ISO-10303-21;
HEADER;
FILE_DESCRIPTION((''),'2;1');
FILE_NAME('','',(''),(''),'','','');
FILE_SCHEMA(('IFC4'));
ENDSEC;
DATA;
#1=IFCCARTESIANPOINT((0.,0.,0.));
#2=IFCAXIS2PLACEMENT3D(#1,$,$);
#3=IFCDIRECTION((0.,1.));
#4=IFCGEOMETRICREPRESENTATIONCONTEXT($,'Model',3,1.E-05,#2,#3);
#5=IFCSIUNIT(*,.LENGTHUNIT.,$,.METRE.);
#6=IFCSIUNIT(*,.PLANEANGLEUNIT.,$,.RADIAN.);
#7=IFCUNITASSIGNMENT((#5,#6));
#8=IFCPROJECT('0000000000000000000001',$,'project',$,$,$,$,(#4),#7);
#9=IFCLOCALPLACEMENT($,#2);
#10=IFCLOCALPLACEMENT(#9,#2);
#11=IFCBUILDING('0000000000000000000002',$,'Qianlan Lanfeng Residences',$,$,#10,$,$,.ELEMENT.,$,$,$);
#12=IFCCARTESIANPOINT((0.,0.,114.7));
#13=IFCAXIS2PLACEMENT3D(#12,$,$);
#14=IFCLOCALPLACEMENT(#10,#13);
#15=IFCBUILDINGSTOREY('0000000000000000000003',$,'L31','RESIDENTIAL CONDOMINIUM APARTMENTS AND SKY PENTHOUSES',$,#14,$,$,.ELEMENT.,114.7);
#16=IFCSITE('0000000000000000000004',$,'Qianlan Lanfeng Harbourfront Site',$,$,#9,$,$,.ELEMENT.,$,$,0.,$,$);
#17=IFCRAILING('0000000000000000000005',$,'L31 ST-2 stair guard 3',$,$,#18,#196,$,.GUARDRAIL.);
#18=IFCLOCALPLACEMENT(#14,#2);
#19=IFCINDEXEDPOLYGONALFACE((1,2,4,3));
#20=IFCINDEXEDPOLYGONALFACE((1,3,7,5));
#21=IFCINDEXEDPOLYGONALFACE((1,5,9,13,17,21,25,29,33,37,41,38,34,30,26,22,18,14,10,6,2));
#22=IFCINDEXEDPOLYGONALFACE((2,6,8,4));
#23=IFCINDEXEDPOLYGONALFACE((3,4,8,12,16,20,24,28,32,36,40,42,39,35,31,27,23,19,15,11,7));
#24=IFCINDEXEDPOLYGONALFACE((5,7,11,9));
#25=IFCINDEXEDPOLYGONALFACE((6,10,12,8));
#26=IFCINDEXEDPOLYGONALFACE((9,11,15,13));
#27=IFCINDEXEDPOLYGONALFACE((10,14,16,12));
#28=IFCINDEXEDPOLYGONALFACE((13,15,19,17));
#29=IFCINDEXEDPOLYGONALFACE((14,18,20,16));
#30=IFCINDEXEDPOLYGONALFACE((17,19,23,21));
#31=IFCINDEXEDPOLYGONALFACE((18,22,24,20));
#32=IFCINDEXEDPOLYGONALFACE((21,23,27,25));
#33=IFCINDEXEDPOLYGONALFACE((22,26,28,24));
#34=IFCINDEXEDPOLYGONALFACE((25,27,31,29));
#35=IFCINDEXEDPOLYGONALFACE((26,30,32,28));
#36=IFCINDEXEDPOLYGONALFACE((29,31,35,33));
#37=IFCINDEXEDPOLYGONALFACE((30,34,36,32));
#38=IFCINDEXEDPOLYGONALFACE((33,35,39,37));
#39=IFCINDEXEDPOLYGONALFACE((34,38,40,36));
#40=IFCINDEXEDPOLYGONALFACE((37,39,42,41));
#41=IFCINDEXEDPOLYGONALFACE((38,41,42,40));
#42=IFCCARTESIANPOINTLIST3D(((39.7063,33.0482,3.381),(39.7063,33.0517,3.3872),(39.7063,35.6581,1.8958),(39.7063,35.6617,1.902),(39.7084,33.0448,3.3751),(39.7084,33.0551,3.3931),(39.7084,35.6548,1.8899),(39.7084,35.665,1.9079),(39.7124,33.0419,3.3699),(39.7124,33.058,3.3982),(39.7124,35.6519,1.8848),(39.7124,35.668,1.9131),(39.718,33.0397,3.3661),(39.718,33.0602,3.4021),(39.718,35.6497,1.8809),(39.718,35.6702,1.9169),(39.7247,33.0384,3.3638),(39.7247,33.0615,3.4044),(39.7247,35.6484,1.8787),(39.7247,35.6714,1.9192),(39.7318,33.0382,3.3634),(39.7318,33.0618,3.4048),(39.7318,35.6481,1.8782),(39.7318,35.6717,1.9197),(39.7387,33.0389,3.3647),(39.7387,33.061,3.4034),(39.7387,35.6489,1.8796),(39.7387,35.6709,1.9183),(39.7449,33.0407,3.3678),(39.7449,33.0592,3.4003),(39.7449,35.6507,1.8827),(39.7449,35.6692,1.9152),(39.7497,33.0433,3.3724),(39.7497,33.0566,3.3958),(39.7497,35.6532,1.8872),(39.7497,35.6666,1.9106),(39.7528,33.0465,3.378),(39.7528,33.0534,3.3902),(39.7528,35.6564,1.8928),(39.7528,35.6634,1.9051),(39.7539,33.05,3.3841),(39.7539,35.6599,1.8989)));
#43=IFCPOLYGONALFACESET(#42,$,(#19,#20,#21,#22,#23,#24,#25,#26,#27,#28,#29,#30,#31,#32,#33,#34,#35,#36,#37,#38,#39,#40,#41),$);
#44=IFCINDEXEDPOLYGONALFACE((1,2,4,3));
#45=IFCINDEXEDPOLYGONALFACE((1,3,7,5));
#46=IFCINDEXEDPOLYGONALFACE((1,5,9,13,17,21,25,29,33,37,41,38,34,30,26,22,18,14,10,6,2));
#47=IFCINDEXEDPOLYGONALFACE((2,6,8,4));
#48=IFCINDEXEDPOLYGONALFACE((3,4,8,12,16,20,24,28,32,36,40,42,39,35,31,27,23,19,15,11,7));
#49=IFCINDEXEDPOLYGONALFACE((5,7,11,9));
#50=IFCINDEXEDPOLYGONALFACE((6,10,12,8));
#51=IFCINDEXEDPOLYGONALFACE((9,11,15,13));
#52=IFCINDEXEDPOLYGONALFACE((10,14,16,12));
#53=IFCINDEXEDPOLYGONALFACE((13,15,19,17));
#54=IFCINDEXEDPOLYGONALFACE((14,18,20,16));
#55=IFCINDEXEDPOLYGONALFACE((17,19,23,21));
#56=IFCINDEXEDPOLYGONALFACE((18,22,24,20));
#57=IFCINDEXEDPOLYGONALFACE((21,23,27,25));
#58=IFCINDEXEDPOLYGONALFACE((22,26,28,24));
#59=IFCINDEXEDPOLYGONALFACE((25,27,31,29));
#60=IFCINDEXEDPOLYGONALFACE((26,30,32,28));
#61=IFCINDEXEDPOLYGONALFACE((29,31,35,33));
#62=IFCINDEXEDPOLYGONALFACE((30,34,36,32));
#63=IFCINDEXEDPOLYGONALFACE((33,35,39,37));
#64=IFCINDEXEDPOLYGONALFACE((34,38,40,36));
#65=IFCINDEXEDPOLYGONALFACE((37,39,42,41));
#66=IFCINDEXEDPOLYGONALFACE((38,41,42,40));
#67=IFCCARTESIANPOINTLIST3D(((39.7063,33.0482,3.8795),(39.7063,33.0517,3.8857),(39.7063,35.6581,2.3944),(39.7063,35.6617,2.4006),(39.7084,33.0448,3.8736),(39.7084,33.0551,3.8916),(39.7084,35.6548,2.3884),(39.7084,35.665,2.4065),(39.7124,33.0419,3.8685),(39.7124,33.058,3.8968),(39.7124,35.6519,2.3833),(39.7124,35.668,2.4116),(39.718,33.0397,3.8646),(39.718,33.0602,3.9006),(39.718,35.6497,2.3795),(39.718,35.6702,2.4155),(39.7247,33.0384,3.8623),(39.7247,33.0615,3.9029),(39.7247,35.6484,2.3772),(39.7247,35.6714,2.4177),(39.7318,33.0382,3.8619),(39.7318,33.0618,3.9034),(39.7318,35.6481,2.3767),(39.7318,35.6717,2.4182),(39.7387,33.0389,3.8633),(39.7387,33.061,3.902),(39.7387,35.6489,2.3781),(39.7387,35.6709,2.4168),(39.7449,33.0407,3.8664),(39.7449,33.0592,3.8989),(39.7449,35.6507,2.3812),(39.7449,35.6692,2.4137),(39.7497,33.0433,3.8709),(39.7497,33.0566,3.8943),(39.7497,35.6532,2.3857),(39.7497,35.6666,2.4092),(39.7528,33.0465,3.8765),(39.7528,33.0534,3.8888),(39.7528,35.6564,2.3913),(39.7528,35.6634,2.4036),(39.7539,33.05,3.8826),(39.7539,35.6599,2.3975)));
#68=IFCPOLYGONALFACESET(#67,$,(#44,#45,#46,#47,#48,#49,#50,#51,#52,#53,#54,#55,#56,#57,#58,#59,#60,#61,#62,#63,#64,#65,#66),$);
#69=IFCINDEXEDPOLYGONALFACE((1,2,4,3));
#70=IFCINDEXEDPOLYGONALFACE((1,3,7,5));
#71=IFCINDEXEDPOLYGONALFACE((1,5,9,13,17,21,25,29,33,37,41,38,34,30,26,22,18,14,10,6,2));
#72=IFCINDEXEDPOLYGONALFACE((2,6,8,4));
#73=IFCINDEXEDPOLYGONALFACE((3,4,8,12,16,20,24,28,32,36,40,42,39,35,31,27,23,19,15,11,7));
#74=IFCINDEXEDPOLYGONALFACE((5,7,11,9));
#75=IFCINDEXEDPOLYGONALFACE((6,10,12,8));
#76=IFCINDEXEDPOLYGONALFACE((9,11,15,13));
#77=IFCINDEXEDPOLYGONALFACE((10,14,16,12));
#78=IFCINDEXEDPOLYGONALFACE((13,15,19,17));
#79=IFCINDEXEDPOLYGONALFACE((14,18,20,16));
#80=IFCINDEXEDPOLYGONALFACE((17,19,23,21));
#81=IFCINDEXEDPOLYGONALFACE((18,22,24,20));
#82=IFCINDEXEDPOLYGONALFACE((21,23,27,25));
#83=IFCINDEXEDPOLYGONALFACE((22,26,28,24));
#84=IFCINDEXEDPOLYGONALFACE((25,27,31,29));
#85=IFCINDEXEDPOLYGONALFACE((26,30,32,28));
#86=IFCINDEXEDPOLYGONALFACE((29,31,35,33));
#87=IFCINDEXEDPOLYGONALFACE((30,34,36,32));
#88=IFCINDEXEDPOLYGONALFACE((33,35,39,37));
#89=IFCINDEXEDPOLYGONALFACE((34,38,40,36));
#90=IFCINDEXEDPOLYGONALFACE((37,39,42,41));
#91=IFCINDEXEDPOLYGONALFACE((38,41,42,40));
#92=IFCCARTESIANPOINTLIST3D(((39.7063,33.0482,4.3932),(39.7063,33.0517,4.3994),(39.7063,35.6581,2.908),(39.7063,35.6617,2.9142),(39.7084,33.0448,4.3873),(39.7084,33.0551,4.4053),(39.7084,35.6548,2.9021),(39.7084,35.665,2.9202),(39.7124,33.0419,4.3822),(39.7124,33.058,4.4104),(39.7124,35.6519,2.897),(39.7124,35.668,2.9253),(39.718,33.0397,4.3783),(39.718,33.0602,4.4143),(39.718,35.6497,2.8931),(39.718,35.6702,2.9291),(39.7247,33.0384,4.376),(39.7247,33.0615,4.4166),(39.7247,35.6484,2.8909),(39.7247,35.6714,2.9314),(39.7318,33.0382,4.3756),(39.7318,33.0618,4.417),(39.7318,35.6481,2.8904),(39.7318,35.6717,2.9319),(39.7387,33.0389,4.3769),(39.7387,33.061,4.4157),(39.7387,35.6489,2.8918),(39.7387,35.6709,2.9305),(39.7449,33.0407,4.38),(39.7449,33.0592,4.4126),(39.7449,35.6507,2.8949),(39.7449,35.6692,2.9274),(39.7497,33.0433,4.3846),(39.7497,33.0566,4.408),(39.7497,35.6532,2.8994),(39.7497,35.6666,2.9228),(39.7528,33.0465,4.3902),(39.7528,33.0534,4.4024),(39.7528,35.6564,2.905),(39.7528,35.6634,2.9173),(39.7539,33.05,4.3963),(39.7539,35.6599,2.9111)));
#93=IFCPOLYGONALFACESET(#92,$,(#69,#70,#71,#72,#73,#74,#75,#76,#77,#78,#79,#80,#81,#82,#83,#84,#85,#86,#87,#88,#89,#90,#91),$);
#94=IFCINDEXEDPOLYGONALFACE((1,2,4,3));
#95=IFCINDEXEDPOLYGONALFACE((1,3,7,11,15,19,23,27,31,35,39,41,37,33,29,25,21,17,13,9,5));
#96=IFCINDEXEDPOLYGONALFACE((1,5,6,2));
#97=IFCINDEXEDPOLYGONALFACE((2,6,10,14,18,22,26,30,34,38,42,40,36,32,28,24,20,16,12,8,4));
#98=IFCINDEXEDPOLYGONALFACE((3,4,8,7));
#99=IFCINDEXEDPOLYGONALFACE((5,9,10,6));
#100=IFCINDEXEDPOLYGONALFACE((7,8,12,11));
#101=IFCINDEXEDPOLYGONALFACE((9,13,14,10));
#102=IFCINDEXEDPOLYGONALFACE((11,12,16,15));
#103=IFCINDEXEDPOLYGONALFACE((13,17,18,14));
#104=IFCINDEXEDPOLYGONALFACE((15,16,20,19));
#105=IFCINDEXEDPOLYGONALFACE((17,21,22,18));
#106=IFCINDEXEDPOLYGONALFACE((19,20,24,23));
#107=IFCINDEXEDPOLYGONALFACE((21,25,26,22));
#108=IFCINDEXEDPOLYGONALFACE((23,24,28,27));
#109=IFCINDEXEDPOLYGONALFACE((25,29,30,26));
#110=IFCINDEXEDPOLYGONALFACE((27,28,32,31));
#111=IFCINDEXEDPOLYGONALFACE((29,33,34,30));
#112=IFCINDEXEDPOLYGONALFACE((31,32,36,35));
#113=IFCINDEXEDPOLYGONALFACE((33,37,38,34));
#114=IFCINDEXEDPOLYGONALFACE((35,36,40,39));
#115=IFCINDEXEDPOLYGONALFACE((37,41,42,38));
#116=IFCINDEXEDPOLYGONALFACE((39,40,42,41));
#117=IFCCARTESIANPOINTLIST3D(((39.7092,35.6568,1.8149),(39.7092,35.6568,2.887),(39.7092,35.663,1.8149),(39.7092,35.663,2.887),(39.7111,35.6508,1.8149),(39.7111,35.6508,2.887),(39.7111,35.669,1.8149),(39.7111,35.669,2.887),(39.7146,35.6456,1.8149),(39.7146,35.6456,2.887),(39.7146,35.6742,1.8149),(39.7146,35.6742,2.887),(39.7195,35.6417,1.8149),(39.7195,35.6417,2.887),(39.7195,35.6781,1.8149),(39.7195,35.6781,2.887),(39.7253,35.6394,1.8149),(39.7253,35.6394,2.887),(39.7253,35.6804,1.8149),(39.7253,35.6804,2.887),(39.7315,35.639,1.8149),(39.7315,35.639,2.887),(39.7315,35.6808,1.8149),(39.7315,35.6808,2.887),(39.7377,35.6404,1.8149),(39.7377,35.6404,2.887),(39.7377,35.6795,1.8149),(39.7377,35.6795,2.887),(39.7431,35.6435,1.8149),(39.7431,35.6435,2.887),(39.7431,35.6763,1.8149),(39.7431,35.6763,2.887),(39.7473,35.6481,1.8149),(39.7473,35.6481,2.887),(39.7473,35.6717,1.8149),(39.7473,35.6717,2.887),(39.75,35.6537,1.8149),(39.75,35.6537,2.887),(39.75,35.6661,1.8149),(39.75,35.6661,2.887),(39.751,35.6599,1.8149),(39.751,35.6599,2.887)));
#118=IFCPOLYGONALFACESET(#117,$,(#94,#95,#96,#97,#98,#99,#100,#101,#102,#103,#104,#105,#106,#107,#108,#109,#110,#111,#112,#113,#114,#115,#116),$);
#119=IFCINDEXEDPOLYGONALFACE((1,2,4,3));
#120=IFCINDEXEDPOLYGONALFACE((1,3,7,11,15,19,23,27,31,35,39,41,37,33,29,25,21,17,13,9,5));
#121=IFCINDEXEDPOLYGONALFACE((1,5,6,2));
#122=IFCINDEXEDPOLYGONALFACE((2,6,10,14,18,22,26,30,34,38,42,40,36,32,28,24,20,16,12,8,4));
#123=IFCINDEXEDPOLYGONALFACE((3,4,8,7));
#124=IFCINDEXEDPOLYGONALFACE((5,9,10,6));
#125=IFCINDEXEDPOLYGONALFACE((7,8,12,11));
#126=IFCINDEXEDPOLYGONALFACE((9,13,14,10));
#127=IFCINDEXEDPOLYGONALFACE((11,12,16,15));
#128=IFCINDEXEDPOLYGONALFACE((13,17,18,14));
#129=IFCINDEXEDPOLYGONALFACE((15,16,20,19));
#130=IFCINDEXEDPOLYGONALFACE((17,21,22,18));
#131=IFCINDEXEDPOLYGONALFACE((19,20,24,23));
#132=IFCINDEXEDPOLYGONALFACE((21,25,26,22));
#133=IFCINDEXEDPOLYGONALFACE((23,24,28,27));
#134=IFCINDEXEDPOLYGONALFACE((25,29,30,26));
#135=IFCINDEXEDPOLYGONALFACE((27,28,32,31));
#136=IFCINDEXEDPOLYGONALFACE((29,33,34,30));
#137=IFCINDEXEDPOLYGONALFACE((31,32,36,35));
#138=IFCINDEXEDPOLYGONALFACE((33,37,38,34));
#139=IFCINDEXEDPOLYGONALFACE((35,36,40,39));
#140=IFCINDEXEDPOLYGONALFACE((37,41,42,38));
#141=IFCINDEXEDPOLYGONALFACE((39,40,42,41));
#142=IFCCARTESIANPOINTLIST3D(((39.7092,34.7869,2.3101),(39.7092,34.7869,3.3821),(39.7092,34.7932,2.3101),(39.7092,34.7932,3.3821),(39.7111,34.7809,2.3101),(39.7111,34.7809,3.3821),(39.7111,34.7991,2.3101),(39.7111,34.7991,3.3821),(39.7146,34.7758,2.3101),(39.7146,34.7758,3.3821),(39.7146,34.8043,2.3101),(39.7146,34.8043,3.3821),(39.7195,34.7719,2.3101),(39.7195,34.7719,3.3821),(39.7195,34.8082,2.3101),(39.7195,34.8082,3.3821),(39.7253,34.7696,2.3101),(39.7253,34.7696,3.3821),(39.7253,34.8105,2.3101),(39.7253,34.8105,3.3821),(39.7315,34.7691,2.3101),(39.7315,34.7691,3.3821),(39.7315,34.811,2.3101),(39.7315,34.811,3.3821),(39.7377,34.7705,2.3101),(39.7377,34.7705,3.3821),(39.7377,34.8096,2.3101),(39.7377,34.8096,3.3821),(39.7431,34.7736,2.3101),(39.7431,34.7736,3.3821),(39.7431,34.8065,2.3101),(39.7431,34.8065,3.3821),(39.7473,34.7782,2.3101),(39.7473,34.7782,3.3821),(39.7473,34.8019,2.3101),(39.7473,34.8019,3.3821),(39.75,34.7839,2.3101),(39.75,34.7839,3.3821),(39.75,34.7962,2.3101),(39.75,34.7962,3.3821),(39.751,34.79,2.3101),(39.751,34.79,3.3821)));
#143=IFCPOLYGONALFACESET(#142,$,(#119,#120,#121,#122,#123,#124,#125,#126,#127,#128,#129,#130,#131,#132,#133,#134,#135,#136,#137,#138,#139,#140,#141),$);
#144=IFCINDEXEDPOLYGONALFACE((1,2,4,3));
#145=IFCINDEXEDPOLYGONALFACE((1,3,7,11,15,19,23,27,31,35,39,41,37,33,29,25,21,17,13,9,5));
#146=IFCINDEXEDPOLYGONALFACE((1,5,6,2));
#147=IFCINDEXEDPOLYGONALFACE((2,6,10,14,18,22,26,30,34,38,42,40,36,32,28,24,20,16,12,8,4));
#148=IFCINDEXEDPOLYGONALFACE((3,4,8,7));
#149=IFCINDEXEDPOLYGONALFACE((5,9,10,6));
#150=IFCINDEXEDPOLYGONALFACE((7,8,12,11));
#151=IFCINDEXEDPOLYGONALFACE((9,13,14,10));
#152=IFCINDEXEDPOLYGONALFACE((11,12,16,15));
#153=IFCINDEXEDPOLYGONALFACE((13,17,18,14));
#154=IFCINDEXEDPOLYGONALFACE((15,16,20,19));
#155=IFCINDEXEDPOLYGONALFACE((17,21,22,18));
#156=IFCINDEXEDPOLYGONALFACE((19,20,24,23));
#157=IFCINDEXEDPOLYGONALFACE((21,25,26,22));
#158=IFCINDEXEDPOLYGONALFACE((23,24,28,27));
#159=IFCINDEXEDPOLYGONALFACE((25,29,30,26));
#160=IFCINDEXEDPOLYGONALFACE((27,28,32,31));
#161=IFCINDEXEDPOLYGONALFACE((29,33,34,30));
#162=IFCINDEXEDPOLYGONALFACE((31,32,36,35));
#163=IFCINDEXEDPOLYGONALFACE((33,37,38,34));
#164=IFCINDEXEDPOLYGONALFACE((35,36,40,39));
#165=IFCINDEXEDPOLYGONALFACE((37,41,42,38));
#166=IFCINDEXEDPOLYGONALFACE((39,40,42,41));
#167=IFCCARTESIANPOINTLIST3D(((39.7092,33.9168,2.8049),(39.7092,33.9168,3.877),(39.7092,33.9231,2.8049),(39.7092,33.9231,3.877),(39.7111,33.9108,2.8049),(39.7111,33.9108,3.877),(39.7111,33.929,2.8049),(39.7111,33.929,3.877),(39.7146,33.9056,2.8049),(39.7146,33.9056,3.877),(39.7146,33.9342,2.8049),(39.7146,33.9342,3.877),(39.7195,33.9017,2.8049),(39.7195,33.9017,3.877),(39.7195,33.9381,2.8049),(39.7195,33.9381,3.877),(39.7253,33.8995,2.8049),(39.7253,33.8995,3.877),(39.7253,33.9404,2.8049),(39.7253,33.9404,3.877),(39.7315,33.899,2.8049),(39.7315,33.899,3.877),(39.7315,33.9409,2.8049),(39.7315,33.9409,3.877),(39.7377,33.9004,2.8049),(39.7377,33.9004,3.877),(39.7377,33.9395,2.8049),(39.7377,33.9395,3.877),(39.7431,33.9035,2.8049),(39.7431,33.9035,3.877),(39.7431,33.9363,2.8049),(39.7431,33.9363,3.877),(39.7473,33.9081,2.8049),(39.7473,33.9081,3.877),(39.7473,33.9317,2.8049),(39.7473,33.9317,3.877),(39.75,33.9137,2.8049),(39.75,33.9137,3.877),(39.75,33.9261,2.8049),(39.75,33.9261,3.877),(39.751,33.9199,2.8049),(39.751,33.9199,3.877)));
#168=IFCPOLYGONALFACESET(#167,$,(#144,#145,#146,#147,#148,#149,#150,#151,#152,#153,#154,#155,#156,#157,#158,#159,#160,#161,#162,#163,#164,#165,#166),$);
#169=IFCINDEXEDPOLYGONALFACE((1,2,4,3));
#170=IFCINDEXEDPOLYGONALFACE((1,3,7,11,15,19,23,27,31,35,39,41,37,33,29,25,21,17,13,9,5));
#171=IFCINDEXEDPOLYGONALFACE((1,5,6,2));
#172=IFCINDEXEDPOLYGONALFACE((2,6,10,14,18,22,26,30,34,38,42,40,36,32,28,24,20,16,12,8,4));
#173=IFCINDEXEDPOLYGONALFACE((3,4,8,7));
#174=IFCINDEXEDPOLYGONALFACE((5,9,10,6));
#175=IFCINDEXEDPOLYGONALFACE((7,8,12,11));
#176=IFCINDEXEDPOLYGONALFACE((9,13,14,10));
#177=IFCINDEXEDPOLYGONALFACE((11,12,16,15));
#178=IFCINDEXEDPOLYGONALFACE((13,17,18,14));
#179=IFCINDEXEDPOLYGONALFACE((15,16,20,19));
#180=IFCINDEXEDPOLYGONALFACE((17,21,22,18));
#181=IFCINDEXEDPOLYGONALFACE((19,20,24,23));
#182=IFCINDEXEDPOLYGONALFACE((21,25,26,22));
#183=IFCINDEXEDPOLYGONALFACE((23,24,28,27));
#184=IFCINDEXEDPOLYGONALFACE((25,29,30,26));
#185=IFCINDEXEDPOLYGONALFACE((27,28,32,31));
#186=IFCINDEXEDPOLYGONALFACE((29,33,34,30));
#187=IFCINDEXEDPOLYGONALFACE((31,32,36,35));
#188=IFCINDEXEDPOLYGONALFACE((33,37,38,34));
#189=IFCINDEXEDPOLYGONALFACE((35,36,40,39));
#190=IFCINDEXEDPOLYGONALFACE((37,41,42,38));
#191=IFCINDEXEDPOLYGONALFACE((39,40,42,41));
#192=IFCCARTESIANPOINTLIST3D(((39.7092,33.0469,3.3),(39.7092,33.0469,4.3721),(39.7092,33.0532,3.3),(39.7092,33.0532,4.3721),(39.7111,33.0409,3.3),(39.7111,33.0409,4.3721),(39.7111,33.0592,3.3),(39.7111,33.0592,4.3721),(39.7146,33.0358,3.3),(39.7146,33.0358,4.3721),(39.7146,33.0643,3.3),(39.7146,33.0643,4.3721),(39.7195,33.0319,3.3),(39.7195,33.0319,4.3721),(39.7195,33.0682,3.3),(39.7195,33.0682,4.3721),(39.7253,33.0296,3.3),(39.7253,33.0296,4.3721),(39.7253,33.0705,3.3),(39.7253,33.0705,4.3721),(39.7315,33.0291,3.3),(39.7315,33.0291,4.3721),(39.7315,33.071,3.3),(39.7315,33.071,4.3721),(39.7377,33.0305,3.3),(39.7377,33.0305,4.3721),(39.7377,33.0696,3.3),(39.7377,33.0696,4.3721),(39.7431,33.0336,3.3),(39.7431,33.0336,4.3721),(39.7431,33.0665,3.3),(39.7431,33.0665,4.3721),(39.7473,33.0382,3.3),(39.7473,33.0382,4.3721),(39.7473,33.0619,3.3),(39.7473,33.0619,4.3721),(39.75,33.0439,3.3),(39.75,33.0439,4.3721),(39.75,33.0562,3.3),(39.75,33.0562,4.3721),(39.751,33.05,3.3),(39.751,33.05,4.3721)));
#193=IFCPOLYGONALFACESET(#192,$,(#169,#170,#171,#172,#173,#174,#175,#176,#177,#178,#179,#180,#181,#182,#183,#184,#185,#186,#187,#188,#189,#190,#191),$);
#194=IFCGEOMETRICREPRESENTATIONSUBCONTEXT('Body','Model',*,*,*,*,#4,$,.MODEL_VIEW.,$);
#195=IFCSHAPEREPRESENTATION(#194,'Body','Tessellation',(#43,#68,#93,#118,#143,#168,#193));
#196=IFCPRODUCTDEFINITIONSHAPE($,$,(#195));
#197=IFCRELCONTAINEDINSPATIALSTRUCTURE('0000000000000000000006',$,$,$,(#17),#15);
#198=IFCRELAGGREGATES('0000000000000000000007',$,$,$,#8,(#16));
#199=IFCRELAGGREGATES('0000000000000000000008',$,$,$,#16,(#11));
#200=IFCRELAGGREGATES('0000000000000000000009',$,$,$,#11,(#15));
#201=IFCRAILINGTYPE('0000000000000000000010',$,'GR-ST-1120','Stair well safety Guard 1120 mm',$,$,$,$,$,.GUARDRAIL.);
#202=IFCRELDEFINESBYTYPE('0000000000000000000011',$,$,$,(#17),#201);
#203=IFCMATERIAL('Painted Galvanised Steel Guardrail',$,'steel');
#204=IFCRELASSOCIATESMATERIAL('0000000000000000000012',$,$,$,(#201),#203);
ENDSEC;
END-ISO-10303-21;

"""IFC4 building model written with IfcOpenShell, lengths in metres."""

from ifc_helpers import new_model, si_unit, direction, frame, origin, origin_2d, place, context, subcontext, project, spatial, circle, extrude, material, type_object, element, save


model = new_model("IFC4")

# Units and contexts
model_context = context("Model", 3, precision=1e-05, world=origin(), true_north=direction((0.0, 1.0)))
body_context = subcontext(model_context, "Body", "Model", "MODEL_VIEW")
ifc_project = project(units=[si_unit("LENGTHUNIT", "METRE"), si_unit("PLANEANGLEUNIT", "RADIAN")], contexts=[model_context])

# Site, building, storey
site_placement = place(None, origin())
site = spatial("IfcSite", under=ifc_project, at=site_placement, Name="Qianlan Lanfeng Harbourfront Site", CompositionType="ELEMENT", RefElevation=0.0)
building_placement = place(site_placement, origin())
building = spatial("IfcBuilding", under=site, at=building_placement, Name="Qianlan Lanfeng Residences", CompositionType="ELEMENT")
storey_placement = place(building_placement, frame((0.0, 0.0, 114.7)))
storey = spatial("IfcBuildingStorey", under=building, at=storey_placement, Name="L31", Description="RESIDENTIAL CONDOMINIUM APARTMENTS AND SKY PENTHOUSES", CompositionType="ELEMENT", Elevation=114.7)

# Railing
ifc_material_1 = material(Name="Painted Galvanised Steel Guardrail", Category="steel")
railing_type_1 = type_object("IfcRailingType", Name="GR-ST-1120", Description="Stair well safety Guard 1120 mm", PredefinedType="GUARDRAIL", material=ifc_material_1)
railing_1_placement = place(storey_placement, frame((39.73, 35.6599, 1.8149)))
element("IfcRailing", 1, at=railing_1_placement, inside=storey, type_object=railing_type_1, Name="L31 ST-2 stair guard 3", PredefinedType="GUARDRAIL", context=body_context, shape_type="SweptSolid", body=[
    extrude(circle(Radius=0.0239, at=origin_2d()), frame((0.0, 0.0, 0.084), z_axis=(0.0, -0.869137, 0.494571), x_axis=(1.0, 0.0, 0.0)), (0.0, 0.0, 1.0), 3.0029),
    extrude(circle(Radius=0.0239, at=origin_2d()), frame((0.0, 0.0, 0.5825), z_axis=(0.0, -0.869137, 0.494571), x_axis=(1.0, 0.0, 0.0)), (0.0, 0.0, 1.0), 3.0029),
    extrude(circle(Radius=0.0239, at=origin_2d()), frame((0.0, 0.0, 1.0962), z_axis=(0.0, -0.869137, 0.494571), x_axis=(1.0, 0.0, 0.0)), (0.0, 0.0, 1.0), 3.0029),
    extrude(circle(Radius=0.021, at=origin_2d()), origin(), (0.0, 0.0, 1.0), 1.072),
    extrude(circle(Radius=0.021, at=origin_2d()), frame((0.0, -0.8699, 0.4951)), (0.0, 0.0, 1.0), 1.072),
    extrude(circle(Radius=0.021, at=origin_2d()), frame((0.0, -1.74, 0.99)), (0.0, 0.0, 1.0), 1.072),
    extrude(circle(Radius=0.021, at=origin_2d()), frame((0.0, -2.6099, 1.4851)), (0.0, 0.0, 1.0), 1.072),
])

save(model, "model.ifc")
